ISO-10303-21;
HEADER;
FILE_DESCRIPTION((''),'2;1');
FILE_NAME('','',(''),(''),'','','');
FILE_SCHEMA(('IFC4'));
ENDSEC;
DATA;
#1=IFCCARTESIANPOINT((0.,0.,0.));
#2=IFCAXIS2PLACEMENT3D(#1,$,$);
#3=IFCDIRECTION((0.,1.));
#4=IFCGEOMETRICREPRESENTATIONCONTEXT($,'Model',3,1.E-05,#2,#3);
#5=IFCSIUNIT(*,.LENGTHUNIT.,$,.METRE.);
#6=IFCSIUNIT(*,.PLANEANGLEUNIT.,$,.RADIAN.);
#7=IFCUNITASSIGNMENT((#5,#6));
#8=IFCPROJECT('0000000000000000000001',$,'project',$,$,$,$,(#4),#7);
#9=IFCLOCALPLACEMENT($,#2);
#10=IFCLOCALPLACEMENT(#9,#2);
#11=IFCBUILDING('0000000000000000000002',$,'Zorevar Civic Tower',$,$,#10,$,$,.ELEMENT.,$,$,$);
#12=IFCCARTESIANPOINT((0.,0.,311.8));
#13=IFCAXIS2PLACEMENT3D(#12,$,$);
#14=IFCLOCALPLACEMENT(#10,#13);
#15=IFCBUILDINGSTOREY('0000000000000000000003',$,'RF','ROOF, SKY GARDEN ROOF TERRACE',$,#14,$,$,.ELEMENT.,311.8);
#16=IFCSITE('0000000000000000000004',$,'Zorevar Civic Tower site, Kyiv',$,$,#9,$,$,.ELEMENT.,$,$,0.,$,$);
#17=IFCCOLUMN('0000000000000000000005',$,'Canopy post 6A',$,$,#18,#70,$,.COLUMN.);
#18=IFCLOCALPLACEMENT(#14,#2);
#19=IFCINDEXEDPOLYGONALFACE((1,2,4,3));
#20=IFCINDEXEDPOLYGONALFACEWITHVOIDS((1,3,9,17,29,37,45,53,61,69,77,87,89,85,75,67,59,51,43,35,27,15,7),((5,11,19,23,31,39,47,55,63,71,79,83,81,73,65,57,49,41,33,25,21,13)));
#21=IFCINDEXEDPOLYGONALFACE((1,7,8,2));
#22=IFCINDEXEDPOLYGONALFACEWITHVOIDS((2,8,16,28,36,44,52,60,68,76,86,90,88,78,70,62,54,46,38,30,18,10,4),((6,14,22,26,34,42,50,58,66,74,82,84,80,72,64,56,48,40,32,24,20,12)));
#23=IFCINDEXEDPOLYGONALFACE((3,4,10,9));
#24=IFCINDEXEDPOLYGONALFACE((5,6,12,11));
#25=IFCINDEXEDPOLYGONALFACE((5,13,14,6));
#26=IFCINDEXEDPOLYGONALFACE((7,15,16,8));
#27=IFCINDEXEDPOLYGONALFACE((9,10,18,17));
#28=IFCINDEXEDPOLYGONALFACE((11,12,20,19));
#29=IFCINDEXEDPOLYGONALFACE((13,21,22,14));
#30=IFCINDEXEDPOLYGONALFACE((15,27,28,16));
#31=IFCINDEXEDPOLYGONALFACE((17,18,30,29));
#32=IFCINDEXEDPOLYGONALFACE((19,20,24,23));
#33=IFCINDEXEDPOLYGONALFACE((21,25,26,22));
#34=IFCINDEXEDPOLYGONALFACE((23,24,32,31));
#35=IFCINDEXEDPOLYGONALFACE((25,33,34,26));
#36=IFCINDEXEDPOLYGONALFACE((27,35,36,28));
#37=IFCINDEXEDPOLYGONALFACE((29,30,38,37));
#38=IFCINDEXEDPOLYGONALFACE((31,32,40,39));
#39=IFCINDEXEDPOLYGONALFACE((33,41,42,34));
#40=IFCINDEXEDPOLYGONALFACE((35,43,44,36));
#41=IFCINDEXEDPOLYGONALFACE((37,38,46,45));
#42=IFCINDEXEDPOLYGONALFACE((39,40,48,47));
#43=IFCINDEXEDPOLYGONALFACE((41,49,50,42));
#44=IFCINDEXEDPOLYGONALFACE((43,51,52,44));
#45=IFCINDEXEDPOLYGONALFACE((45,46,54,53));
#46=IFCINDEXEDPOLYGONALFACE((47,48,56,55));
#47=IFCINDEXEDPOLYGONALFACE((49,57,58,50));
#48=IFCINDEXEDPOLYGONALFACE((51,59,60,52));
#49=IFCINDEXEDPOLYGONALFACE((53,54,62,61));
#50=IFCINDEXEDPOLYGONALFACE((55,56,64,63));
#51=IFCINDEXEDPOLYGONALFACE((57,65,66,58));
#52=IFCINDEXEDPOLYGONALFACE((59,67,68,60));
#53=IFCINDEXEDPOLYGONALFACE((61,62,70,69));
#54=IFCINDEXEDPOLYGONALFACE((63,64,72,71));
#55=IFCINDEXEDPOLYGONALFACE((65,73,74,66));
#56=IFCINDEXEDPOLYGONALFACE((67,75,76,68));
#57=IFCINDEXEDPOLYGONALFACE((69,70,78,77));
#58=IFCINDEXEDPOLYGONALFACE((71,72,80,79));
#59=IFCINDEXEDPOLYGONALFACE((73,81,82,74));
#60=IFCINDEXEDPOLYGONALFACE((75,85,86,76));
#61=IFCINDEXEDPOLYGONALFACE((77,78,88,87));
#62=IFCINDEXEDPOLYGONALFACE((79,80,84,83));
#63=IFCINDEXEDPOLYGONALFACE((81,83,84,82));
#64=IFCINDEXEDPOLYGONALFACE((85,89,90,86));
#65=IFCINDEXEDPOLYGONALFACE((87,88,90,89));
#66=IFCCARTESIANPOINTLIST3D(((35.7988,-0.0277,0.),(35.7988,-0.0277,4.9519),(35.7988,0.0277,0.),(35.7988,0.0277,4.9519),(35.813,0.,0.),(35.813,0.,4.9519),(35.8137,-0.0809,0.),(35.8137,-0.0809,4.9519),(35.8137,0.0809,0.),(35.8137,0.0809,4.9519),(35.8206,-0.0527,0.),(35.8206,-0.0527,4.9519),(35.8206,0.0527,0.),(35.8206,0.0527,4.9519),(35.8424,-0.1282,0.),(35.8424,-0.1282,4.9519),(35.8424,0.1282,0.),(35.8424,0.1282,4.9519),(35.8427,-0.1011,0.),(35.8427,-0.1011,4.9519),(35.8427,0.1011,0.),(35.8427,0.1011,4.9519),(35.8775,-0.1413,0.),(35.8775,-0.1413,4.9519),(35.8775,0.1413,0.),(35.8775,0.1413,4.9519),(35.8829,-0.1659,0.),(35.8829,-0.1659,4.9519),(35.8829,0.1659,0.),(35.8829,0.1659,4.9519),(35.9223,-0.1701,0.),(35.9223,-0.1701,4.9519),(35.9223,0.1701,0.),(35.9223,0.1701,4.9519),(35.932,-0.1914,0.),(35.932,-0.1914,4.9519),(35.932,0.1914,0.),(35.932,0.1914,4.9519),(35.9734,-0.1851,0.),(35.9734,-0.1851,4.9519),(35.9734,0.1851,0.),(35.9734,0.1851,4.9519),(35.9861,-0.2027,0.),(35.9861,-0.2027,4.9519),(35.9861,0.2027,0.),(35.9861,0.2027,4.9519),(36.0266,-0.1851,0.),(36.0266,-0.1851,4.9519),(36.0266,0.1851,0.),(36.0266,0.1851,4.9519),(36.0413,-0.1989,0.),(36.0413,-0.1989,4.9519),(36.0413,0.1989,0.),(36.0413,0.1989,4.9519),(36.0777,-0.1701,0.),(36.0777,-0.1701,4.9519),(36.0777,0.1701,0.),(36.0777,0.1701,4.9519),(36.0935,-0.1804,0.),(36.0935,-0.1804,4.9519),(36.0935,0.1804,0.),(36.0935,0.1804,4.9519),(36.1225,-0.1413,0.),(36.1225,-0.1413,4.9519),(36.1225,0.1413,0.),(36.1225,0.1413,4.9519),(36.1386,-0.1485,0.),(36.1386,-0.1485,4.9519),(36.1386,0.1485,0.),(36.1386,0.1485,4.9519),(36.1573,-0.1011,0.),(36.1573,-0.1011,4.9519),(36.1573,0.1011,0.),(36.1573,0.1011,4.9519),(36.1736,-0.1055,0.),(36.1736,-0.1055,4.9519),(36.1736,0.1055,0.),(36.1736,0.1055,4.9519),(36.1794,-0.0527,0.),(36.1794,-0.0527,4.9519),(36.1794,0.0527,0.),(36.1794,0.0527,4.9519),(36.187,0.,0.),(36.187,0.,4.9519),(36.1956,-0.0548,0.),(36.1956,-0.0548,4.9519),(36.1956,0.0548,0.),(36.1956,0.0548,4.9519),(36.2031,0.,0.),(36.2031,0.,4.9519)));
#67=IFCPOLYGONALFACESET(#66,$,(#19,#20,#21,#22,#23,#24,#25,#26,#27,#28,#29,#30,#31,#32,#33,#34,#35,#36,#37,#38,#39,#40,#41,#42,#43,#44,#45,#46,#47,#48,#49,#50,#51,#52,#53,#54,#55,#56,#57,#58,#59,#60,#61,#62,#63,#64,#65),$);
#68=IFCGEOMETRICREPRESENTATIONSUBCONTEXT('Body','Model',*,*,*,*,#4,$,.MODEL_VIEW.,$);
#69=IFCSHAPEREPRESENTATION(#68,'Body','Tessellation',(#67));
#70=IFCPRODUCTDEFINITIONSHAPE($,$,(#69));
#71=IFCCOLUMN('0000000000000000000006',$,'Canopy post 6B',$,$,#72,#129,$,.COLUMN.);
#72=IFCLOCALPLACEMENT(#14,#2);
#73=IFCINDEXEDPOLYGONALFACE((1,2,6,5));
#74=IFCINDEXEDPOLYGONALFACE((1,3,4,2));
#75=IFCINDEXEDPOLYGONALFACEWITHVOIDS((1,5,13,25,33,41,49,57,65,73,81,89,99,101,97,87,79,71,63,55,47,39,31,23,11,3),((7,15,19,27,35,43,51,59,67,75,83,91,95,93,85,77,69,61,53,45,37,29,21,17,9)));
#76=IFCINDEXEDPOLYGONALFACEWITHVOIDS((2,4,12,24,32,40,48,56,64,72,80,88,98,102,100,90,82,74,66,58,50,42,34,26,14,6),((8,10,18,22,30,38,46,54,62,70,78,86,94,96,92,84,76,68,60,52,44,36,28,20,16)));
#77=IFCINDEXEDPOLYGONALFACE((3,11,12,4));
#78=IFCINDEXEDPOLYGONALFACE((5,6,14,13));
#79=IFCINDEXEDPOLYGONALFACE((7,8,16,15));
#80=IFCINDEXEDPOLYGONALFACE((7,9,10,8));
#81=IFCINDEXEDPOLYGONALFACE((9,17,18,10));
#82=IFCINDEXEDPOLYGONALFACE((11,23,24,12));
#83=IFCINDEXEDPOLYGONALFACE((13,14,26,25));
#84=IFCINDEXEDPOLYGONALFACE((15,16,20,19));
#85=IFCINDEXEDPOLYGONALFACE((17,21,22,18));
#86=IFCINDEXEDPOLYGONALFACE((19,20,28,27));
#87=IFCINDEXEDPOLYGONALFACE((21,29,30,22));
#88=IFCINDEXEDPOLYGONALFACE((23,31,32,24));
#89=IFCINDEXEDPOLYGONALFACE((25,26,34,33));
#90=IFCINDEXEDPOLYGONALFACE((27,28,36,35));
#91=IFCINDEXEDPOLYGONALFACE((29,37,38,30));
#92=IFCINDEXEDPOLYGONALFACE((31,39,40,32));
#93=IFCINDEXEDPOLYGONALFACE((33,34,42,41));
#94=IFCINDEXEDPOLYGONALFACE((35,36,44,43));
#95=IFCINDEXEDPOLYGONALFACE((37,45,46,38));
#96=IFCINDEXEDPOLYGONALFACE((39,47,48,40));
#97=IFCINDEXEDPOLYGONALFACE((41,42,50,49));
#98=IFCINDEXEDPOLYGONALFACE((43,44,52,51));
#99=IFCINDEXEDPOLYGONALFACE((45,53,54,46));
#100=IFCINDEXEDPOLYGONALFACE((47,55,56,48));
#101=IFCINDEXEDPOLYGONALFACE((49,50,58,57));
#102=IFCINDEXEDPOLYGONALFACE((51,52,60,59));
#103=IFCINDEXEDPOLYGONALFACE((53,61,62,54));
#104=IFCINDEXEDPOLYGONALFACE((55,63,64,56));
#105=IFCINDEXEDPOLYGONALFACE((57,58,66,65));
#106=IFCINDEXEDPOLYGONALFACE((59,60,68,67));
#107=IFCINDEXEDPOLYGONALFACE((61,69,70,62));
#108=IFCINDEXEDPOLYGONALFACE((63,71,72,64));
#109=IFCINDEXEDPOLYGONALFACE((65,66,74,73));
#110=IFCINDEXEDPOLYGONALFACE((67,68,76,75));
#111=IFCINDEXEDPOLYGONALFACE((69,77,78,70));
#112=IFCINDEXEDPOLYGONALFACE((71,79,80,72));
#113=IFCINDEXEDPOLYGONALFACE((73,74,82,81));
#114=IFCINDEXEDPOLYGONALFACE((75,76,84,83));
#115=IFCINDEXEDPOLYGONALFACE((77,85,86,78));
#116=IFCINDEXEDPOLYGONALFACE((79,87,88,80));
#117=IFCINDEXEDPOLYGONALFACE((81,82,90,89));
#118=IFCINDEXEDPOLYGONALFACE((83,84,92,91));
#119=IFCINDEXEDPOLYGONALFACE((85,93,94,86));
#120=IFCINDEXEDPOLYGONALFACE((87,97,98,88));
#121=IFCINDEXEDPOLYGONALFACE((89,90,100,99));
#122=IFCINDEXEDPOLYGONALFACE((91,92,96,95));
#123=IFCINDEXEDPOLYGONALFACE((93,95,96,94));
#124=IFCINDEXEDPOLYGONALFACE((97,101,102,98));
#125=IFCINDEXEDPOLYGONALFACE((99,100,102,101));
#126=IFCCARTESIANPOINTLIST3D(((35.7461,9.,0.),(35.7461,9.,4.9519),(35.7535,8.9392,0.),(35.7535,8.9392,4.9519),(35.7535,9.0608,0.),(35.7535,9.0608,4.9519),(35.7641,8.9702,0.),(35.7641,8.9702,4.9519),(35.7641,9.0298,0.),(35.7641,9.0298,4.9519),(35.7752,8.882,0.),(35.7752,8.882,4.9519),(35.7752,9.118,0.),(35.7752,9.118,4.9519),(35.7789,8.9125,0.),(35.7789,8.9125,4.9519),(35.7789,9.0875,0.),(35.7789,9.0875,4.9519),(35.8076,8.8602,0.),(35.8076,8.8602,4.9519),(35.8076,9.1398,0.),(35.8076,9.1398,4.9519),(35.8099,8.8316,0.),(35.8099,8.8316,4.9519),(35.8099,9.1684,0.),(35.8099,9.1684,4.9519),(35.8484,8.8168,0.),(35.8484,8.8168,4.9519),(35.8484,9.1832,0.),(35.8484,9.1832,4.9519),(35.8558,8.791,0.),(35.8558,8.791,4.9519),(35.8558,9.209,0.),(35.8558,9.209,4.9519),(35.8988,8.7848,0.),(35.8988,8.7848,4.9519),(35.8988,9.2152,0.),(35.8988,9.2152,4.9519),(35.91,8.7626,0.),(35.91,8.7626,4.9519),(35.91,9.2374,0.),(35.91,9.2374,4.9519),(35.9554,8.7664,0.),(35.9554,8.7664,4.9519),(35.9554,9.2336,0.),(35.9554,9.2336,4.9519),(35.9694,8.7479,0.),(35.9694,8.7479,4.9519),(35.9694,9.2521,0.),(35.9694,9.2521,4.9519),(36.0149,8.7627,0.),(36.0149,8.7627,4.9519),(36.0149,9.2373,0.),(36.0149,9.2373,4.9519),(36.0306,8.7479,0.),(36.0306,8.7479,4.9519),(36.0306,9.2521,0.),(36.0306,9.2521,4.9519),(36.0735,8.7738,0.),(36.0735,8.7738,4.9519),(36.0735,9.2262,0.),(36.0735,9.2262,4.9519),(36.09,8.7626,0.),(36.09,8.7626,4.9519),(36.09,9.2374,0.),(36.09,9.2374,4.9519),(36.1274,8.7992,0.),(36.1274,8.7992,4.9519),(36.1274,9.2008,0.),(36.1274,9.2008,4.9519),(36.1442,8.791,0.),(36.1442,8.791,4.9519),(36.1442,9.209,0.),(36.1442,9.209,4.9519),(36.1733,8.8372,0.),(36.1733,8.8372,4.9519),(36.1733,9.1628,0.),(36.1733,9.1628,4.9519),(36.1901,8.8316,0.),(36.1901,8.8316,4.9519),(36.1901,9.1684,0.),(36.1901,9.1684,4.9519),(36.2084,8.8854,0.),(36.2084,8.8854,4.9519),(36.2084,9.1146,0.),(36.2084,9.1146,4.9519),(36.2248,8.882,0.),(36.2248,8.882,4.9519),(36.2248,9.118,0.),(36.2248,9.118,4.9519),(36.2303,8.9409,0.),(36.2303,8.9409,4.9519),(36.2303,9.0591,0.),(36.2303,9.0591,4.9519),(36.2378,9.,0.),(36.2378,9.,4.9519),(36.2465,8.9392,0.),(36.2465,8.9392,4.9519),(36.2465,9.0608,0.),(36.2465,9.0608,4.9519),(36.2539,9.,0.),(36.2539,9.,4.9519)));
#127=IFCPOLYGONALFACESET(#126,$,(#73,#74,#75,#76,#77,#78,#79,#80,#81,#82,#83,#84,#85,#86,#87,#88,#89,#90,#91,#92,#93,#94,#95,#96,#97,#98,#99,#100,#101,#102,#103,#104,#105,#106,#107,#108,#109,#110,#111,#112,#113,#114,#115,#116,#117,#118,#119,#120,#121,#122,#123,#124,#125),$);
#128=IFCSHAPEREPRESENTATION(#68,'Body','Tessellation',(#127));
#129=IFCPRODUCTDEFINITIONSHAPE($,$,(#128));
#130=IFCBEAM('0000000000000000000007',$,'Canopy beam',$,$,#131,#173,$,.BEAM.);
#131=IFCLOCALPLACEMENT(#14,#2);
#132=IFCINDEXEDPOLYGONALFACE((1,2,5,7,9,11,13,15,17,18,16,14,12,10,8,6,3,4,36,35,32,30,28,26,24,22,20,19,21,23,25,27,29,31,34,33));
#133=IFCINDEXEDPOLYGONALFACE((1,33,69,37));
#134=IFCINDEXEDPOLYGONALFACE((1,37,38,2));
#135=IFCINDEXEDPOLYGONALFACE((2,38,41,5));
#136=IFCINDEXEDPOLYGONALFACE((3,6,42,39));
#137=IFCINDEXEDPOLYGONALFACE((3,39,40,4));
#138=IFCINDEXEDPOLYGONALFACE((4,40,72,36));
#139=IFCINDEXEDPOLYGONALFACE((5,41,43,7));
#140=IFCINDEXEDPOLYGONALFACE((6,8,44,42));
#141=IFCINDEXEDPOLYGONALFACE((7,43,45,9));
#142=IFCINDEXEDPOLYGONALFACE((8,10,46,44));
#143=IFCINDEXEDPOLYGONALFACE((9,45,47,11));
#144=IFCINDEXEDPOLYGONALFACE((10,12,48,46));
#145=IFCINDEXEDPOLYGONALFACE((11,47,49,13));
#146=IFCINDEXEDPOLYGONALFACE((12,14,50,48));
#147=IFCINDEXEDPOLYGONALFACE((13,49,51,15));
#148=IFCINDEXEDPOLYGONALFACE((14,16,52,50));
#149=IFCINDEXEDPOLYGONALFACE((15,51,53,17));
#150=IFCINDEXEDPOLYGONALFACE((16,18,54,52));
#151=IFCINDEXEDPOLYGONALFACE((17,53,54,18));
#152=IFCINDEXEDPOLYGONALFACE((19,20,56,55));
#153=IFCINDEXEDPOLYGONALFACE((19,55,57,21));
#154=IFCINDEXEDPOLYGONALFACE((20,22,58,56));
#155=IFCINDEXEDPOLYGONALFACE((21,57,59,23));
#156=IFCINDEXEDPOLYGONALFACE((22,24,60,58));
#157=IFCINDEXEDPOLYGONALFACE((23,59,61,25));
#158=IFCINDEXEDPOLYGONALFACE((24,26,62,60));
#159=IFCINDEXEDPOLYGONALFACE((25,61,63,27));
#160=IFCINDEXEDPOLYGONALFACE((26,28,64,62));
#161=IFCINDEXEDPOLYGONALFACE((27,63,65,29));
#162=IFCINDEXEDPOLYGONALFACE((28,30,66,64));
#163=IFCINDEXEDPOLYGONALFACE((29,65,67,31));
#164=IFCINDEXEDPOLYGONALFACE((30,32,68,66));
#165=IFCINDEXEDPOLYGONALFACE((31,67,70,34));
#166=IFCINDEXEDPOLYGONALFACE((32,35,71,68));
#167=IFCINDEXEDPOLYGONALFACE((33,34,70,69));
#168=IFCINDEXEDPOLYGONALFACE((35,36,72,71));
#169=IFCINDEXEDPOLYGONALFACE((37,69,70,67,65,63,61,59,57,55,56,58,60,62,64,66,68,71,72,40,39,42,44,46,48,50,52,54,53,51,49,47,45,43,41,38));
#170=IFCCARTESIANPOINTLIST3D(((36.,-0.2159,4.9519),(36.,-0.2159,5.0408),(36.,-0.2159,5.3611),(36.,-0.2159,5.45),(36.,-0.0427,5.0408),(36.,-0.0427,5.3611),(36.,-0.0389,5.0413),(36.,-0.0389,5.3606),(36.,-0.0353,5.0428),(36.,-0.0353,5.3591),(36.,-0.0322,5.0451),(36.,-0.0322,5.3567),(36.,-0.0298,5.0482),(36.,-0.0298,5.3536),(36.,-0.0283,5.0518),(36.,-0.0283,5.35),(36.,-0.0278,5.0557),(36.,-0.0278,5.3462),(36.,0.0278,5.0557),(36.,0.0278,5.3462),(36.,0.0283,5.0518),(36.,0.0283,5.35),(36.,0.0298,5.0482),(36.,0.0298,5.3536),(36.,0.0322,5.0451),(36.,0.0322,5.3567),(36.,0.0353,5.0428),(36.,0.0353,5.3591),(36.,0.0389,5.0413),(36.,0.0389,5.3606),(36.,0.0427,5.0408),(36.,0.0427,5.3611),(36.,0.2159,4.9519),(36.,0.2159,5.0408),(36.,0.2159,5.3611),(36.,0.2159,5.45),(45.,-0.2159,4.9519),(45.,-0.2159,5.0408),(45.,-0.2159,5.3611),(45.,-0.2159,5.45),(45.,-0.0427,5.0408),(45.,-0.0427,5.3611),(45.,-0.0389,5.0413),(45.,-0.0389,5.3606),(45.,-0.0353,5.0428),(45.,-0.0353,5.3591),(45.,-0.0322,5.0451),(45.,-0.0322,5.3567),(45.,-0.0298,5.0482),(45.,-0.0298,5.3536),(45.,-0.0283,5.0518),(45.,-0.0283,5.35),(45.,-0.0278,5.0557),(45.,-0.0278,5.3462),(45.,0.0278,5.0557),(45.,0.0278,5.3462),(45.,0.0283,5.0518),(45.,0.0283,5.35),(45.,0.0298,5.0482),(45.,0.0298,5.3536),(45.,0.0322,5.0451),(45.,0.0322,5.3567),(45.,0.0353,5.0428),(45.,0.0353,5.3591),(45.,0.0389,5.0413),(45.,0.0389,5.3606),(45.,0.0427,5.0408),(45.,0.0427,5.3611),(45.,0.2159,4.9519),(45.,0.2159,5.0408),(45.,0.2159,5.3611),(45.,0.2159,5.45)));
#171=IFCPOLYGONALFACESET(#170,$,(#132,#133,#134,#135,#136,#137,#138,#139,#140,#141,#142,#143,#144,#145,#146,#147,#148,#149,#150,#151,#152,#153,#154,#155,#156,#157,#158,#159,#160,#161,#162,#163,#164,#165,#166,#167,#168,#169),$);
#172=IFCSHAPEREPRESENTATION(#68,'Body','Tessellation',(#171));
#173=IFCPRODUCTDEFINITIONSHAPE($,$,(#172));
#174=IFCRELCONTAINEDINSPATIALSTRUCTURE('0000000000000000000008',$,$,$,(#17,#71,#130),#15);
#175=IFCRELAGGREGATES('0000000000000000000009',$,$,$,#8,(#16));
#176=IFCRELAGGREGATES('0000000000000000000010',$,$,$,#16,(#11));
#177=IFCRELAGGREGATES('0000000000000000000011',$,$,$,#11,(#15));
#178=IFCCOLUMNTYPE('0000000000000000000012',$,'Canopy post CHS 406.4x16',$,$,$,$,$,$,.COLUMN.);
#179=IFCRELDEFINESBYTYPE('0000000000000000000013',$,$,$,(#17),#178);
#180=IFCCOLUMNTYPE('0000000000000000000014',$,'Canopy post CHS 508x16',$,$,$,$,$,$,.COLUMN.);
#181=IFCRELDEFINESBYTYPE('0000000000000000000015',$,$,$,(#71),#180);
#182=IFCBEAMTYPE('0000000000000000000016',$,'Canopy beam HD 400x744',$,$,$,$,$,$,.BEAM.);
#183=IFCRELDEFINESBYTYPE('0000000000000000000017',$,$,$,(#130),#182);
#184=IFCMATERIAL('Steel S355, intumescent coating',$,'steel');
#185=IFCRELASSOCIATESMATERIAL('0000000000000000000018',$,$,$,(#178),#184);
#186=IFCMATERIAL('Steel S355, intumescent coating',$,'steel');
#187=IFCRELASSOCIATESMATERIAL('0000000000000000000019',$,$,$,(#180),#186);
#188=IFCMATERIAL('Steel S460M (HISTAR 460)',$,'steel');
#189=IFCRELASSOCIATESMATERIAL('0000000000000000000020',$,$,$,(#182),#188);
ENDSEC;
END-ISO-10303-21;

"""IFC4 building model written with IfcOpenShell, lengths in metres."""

from ifc_helpers import new_model, si_unit, direction, frame, origin, origin_2d, place, context, subcontext, project, spatial, hollow_circle, i_section, extrude, material, material_profile, profile_set, type_object, element, save


model = new_model("IFC4")

# Units and contexts
model_context = context("Model", 3, precision=1e-05, world=origin(), true_north=direction((0.0, 1.0)))
body_context = subcontext(model_context, "Body", "Model", "MODEL_VIEW")
ifc_project = project(units=[si_unit("LENGTHUNIT", "METRE"), si_unit("PLANEANGLEUNIT", "RADIAN")], contexts=[model_context])

# Site, building, storey
site_placement = place(None, origin())
site = spatial("IfcSite", under=ifc_project, at=site_placement, Name="Zorevar Civic Tower site, Kyiv", CompositionType="ELEMENT", RefElevation=0.0)
building_placement = place(site_placement, origin())
building = spatial("IfcBuilding", under=site, at=building_placement, Name="Zorevar Civic Tower", CompositionType="ELEMENT")
storey_placement = place(building_placement, frame((0.0, 0.0, 311.8)))
storey = spatial("IfcBuildingStorey", under=building, at=storey_placement, Name="RF", Description="ROOF, SKY GARDEN ROOF TERRACE", CompositionType="ELEMENT", Elevation=311.8)

# Columns
ifc_material_1 = material(Name="Steel S355, intumescent coating", Category="steel")
ifc_material_profile_1 = material_profile(ifc_material_1, hollow_circle(Radius=0.2031, WallThickness=0.0161, at=origin_2d()), Name="CHS 406.4x16")
ifc_profile_set_1 = profile_set([ifc_material_profile_1], Name="Steel S355, intumescent coating")
column_type_1 = type_object("IfcColumnType", Name="Canopy post CHS 406.4x16", PredefinedType="COLUMN", material=ifc_profile_set_1)
column_1_placement = place(storey_placement, frame((36.0, 0.0, 0.0), z_axis=(0.0, 0.0, 1.0), x_axis=(1.0, 0.0, 0.0)))
element("IfcColumn", 1, at=column_1_placement, inside=storey, type_object=column_type_1, Name="Canopy post 6A", PredefinedType="COLUMN", context=body_context, shape_type="SweptSolid", body=[
    extrude(hollow_circle(Radius=0.2031, WallThickness=0.0161, at=origin_2d()), origin(), (0.0, 0.0, 1.0), 4.9519),
])
ifc_material_2 = material(Name="Steel S355, intumescent coating", Category="steel")
ifc_material_profile_2 = material_profile(ifc_material_2, hollow_circle(Radius=0.2539, WallThickness=0.0161, at=origin_2d()), Name="CHS 508x16")
ifc_profile_set_2 = profile_set([ifc_material_profile_2], Name="Steel S355, intumescent coating")
column_type_2 = type_object("IfcColumnType", Name="Canopy post CHS 508x16", PredefinedType="COLUMN", material=ifc_profile_set_2)
column_2_placement = place(storey_placement, frame((36.0, 9.0, 0.0), z_axis=(0.0, 0.0, 1.0), x_axis=(1.0, 0.0, 0.0)))
element("IfcColumn", 2, at=column_2_placement, inside=storey, type_object=column_type_2, Name="Canopy post 6B", PredefinedType="COLUMN", context=body_context, shape_type="SweptSolid", body=[
    extrude(hollow_circle(Radius=0.2539, WallThickness=0.0161, at=origin_2d()), origin(), (0.0, 0.0, 1.0), 4.9519),
])

# Beam
ifc_material_3 = material(Name="Steel S460M (HISTAR 460)", Category="steel")
ifc_material_profile_3 = material_profile(ifc_material_3, i_section(OverallWidth=0.4319, OverallDepth=0.498, WebThickness=0.0557, FlangeThickness=0.0889, FilletRadius=0.0149, at=origin_2d()), Name="HD 400x744")
ifc_profile_set_3 = profile_set([ifc_material_profile_3], Name="Steel S460M (HISTAR 460)")
beam_type = type_object("IfcBeamType", Name="Canopy beam HD 400x744", PredefinedType="BEAM", material=ifc_profile_set_3)
for number, where, z_axis, x_axis, name in (
    (3, (36.0, 0.0, 5.2009), (1.0, 0.0, 0.0), (0.0, 1.0, 0.0), "Canopy beam"),
):
    element("IfcBeam", number, at=place(storey_placement, frame(where, z_axis=z_axis, x_axis=x_axis)), inside=storey, type_object=beam_type, Name=name, PredefinedType="BEAM", context=body_context, shape_type="SweptSolid", body=[
        extrude(i_section(OverallWidth=0.4319, OverallDepth=0.498, WebThickness=0.0557, FlangeThickness=0.0889, FilletRadius=0.0149, at=origin_2d()), origin(), (0.0, 0.0, 1.0), 9.0),
    ])

save(model, "model.ifc")
